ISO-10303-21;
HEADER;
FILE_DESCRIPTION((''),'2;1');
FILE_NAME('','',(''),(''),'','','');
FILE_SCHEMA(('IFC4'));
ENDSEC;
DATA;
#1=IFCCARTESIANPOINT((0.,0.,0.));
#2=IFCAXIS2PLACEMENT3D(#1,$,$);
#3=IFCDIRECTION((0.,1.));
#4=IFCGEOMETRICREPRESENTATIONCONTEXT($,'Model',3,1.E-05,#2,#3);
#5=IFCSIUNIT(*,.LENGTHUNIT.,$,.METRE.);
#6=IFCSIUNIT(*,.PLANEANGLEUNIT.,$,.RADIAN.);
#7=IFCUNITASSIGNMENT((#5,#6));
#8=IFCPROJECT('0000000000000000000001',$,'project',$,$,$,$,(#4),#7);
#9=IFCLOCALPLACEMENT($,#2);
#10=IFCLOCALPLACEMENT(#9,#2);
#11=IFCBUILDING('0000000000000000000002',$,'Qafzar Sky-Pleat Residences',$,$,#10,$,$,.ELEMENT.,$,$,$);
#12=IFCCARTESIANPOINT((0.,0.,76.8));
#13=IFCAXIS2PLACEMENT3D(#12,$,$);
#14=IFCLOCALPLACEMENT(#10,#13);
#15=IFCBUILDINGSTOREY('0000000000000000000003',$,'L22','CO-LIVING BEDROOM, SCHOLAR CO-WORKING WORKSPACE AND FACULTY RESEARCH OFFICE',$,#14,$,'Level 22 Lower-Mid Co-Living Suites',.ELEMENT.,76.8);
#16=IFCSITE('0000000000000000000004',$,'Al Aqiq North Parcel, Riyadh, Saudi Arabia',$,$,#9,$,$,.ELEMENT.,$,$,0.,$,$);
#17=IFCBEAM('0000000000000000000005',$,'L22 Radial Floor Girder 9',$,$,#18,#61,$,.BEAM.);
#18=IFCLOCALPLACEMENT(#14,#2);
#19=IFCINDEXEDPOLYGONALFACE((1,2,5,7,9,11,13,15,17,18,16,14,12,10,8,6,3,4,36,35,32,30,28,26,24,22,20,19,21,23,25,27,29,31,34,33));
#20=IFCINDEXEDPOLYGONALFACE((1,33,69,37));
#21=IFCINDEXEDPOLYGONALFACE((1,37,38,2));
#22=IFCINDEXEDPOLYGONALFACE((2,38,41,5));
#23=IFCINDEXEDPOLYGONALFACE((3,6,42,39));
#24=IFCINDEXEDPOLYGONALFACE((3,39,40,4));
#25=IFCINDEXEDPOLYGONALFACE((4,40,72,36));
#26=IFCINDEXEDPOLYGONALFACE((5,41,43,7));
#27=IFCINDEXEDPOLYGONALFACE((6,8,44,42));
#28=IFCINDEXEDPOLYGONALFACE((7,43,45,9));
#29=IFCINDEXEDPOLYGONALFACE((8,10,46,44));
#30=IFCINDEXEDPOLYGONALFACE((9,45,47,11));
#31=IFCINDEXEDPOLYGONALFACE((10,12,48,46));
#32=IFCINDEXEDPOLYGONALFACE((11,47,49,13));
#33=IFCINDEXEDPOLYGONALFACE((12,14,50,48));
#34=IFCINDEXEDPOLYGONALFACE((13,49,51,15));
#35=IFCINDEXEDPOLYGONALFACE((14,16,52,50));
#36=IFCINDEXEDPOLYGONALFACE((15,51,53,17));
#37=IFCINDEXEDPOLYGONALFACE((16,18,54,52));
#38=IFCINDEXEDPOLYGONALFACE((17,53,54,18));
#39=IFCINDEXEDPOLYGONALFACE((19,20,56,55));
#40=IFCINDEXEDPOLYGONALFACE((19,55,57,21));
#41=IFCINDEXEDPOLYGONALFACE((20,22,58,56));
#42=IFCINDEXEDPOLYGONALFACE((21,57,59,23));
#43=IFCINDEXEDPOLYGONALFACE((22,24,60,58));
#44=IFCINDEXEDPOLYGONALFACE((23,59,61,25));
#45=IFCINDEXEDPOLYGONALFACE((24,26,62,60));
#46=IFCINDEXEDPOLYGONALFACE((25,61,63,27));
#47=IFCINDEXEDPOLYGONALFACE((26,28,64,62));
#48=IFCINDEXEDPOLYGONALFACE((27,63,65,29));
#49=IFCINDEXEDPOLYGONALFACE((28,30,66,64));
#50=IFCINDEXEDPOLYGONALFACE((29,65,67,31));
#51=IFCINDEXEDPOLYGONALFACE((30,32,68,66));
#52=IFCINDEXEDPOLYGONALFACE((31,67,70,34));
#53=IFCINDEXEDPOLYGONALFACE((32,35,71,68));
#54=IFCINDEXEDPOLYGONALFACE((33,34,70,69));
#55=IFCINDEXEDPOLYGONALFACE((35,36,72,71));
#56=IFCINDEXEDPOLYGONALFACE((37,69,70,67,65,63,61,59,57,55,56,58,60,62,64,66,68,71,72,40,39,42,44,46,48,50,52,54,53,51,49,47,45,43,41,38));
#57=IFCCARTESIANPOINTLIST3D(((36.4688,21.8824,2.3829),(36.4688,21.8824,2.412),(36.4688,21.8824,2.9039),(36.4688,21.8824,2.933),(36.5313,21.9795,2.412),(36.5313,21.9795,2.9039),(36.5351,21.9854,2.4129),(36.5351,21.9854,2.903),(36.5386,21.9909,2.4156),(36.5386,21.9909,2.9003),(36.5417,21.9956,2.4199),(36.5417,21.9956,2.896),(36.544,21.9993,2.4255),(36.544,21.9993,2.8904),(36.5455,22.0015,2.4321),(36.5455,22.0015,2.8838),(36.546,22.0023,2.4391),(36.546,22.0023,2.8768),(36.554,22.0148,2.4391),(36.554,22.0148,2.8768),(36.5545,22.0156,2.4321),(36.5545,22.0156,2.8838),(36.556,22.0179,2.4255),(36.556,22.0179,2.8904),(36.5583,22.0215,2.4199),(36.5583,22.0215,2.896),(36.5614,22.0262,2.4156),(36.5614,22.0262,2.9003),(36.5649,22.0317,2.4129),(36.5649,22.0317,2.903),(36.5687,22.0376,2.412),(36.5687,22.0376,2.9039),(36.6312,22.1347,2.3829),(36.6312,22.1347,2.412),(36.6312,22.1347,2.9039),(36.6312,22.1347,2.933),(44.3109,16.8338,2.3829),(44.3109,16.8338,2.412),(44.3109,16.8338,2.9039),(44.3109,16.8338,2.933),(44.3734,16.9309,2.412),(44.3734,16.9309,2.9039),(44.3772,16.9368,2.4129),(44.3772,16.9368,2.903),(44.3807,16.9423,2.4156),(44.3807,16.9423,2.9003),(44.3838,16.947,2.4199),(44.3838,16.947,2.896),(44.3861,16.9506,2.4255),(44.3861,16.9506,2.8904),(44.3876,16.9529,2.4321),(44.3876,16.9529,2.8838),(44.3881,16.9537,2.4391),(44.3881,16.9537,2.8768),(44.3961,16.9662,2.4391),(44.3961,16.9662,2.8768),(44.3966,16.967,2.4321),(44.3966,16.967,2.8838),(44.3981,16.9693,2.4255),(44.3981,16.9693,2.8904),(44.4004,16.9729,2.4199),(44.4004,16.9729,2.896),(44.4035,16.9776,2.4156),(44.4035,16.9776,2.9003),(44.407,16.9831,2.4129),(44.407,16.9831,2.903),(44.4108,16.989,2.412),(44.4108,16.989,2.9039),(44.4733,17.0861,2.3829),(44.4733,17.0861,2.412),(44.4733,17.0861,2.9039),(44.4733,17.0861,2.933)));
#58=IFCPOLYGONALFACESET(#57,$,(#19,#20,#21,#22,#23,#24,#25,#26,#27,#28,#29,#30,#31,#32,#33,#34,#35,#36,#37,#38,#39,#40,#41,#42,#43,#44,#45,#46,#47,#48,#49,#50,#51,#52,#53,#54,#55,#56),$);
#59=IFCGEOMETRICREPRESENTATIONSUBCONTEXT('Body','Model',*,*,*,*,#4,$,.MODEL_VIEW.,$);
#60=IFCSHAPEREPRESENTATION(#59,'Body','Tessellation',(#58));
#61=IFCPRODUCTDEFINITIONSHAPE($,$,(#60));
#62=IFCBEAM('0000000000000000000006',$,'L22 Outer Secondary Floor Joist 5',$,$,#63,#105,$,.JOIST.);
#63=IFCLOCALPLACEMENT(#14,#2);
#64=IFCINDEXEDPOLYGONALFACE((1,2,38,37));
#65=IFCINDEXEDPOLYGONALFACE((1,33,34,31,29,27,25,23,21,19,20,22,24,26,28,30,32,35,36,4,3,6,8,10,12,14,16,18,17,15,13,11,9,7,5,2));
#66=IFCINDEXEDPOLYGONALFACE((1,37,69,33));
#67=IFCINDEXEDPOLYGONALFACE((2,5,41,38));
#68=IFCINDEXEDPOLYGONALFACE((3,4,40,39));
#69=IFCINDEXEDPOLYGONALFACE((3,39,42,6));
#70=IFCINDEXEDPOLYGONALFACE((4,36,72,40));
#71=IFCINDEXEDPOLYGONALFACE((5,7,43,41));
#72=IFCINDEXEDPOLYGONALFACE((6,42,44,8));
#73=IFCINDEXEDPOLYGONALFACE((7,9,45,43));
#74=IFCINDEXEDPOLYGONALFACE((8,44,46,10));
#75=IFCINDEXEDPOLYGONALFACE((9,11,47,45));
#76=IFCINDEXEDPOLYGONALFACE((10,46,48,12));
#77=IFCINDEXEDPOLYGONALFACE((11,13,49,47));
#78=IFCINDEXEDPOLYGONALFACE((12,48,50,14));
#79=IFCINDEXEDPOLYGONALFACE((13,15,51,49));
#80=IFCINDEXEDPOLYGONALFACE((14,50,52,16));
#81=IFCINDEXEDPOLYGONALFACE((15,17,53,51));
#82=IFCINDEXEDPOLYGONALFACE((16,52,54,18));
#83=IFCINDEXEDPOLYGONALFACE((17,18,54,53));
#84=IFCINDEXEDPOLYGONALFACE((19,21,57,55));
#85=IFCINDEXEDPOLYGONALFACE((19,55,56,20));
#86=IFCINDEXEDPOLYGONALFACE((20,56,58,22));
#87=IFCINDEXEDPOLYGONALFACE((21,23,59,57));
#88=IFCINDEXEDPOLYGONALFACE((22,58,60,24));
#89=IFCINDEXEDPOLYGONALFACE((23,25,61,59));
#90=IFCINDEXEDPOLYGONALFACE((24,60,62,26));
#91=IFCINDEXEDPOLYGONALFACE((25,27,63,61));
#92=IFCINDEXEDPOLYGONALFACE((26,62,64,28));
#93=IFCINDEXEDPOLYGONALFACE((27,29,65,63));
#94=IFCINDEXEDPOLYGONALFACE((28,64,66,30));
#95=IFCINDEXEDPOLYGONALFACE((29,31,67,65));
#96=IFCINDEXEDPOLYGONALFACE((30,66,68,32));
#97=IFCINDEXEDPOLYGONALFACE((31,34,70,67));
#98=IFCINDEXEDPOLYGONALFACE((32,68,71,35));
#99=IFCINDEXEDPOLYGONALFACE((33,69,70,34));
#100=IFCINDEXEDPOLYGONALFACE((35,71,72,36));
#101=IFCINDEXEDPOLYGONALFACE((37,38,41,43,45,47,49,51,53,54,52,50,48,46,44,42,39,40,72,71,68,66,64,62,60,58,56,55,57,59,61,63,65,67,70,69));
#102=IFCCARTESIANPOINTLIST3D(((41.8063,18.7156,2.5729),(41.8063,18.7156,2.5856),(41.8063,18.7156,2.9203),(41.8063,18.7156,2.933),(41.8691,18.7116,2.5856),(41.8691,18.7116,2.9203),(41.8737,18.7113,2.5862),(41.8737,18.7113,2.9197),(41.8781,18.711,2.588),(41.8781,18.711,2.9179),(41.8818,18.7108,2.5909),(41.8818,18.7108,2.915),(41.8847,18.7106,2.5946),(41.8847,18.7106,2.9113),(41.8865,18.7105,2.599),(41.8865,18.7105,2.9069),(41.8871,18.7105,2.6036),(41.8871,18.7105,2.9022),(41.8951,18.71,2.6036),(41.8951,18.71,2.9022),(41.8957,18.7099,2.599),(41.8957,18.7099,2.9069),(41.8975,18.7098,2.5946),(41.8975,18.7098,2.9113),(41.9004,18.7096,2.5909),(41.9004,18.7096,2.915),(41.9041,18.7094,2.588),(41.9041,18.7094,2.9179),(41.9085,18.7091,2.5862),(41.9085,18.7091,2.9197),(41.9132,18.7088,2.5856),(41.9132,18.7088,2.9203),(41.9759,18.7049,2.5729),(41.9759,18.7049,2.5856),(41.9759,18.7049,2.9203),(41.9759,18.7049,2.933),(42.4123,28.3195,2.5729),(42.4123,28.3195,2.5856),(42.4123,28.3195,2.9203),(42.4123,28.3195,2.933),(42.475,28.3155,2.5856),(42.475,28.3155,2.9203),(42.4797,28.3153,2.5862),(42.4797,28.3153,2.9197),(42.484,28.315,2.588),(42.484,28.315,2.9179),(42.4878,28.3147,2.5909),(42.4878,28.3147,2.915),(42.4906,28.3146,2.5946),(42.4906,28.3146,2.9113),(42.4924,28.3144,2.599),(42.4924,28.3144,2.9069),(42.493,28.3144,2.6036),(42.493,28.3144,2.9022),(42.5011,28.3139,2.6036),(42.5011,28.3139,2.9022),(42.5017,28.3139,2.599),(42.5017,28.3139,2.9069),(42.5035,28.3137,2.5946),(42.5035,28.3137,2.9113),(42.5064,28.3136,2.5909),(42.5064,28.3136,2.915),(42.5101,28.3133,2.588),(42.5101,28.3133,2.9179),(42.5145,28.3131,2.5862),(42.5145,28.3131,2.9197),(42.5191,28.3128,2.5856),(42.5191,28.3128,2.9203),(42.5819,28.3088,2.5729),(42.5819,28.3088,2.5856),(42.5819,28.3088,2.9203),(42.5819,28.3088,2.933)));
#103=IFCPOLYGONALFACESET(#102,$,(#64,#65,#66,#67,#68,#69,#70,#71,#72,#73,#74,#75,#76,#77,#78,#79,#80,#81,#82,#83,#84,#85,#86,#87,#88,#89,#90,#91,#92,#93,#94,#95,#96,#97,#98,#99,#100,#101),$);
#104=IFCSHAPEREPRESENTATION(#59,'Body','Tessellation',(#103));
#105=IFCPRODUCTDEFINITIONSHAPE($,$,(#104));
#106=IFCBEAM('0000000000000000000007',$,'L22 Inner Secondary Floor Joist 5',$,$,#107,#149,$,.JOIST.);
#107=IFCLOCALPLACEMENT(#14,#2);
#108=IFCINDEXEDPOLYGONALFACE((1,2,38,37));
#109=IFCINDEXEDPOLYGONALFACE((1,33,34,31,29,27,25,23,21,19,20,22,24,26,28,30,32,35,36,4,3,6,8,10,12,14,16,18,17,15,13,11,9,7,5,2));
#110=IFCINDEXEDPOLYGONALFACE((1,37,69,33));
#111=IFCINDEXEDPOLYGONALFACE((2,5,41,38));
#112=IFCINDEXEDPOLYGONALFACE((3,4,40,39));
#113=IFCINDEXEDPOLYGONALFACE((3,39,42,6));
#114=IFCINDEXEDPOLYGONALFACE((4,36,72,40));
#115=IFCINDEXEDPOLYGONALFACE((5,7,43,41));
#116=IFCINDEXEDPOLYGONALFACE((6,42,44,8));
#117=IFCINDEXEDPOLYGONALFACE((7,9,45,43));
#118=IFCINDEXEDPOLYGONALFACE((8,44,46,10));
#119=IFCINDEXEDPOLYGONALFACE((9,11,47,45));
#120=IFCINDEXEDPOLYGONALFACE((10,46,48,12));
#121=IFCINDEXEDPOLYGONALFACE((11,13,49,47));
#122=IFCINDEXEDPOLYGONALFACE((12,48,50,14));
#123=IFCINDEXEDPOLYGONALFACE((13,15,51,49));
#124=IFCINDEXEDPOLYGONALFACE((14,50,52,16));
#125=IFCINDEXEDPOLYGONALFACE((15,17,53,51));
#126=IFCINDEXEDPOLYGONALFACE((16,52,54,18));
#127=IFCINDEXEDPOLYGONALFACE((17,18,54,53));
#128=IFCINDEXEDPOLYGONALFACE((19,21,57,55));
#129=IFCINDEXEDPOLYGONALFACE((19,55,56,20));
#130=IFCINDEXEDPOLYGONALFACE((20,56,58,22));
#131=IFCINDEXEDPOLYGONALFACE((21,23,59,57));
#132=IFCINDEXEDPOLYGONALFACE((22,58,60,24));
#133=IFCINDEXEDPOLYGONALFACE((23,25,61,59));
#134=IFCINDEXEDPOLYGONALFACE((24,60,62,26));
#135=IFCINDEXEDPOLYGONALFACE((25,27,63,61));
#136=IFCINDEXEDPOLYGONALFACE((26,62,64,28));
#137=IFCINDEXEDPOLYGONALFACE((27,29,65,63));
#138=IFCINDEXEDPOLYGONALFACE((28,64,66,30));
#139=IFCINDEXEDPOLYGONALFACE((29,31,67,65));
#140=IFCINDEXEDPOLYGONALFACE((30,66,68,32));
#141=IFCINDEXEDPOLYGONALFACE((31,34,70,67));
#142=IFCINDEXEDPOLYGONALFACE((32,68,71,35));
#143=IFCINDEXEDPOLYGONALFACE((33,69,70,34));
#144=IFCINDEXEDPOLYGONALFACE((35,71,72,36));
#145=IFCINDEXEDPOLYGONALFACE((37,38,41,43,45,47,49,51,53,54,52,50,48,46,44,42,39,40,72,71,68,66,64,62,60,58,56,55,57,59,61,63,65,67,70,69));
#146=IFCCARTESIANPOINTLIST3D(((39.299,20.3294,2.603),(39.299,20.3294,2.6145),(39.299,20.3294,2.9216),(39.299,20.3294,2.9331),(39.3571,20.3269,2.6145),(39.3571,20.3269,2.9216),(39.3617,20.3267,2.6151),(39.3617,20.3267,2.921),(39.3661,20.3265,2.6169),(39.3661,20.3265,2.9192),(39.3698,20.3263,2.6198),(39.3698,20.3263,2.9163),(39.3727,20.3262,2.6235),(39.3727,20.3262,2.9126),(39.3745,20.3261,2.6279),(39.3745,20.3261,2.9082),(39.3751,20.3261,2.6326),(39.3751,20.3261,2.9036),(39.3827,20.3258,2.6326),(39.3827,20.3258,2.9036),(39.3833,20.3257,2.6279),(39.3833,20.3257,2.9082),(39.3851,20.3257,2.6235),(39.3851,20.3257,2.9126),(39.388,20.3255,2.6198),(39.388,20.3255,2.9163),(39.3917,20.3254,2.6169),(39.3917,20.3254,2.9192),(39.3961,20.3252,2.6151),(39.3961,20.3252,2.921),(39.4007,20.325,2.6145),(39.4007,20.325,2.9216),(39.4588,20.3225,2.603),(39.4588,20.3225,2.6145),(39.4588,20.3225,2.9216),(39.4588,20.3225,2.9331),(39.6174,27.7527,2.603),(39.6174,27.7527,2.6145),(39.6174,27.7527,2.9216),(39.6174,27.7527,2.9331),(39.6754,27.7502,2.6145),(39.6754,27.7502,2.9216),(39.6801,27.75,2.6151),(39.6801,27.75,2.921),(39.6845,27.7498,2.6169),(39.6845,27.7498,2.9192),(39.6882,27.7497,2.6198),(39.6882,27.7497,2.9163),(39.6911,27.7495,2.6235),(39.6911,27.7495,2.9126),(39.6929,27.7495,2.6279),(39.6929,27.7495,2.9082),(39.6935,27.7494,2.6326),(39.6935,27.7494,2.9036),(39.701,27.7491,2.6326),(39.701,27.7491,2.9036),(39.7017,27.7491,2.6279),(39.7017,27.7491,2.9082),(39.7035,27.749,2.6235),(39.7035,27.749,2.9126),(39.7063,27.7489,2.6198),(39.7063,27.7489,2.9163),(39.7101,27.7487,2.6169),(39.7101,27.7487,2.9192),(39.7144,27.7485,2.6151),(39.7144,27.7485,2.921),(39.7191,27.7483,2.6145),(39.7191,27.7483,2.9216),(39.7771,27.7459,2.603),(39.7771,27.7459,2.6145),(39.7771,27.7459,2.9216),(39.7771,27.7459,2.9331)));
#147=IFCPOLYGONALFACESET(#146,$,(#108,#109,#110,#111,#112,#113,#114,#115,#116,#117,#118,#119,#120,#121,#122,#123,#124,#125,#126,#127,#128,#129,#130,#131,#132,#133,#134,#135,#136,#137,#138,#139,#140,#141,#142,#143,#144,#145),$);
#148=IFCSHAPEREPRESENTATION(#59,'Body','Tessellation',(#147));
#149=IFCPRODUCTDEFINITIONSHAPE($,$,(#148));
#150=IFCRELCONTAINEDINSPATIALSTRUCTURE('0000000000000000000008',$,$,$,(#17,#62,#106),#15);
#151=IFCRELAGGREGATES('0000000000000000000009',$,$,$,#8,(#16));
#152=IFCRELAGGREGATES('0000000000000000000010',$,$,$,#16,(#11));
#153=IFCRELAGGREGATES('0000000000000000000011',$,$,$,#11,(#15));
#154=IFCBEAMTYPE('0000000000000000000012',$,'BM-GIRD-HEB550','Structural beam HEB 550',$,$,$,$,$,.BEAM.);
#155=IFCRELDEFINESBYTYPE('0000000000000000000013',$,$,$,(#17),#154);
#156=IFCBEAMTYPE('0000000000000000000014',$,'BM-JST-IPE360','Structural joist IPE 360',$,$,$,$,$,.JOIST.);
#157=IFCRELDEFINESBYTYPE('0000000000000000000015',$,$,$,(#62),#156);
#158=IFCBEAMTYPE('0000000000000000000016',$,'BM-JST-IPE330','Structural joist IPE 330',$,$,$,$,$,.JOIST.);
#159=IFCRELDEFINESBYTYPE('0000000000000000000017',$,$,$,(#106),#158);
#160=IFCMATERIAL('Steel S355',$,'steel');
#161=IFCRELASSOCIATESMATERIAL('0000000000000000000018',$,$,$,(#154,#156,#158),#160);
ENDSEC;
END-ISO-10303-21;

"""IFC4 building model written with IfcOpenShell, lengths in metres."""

from ifc_helpers import new_model, si_unit, direction, frame, origin, origin_2d, place, context, subcontext, project, spatial, i_section, extrude, source, transform, mapped, material, material_profile, profile_set, type_object, element, save


model = new_model("IFC4")

# Units and contexts
model_context = context("Model", 3, precision=1e-05, world=origin(), true_north=direction((0.0, 1.0)))
body_context = subcontext(model_context, "Body", "Model", "MODEL_VIEW")
ifc_project = project(units=[si_unit("LENGTHUNIT", "METRE"), si_unit("PLANEANGLEUNIT", "RADIAN")], contexts=[model_context])

# Site, building, storey
site_placement = place(None, origin())
site = spatial("IfcSite", under=ifc_project, at=site_placement, Name="Al Aqiq North Parcel, Riyadh, Saudi Arabia", CompositionType="ELEMENT", RefElevation=0.0)
building_placement = place(site_placement, origin())
building = spatial("IfcBuilding", under=site, at=building_placement, Name="Qafzar Sky-Pleat Residences", CompositionType="ELEMENT")
storey_placement = place(building_placement, frame((0.0, 0.0, 76.8)))
storey = spatial("IfcBuildingStorey", under=building, at=storey_placement, Name="L22", Description="CO-LIVING BEDROOM, SCHOLAR CO-WORKING WORKSPACE AND FACULTY RESEARCH OFFICE", LongName="Level 22 Lower-Mid Co-Living Suites", CompositionType="ELEMENT", Elevation=76.8)

# Beams
ifc_material_1 = material(Name="Steel S355", Category="steel")
ifc_material_profile_1 = material_profile(ifc_material_1, i_section(OverallWidth=0.3, OverallDepth=0.55, WebThickness=0.0149, FlangeThickness=0.0291, FilletRadius=0.0271, at=origin_2d()), Name="HEB 550")
ifc_profile_set_1 = profile_set([ifc_material_profile_1], Name="Steel S355")
beam_type_1 = type_object("IfcBeamType", Name="BM-GIRD-HEB550", Description="Structural beam HEB 550", PredefinedType="BEAM", material=ifc_profile_set_1)
shared_shape_1 = source(origin(), body_context, "Body", "SweptSolid", [
    extrude(i_section(OverallWidth=0.3, OverallDepth=0.55, WebThickness=0.0149, FlangeThickness=0.0291, FilletRadius=0.0271, at=origin_2d()), origin(), (0.0, 0.0, 1.0), 9.3267),
])
beam_1_placement = place(storey_placement, frame((44.3921, 16.96, 2.658), z_axis=(-0.840824, 0.541309, 0.0), x_axis=(-0.541309, -0.840824, 0.0)))
element("IfcBeam", 1, at=beam_1_placement, inside=storey, type_object=beam_type_1, Name="L22 Radial Floor Girder 9", PredefinedType="BEAM", context=body_context, shape_type="MappedRepresentation", body=[
    mapped(shared_shape_1, transform((0.0, 0.0, 0.0), x_axis=(1.0, 0.0, 0.0), y_axis=(0.0, 1.0, 0.0), z_axis=(0.0, 0.0, 1.0), scale=1.0)),
])
ifc_material_profile_2 = material_profile(ifc_material_1, i_section(OverallWidth=0.1699, OverallDepth=0.3601, WebThickness=0.0081, FlangeThickness=0.0127, FilletRadius=0.0181, at=origin_2d()), Name="IPE 360")
ifc_profile_set_2 = profile_set([ifc_material_profile_2], Name="Steel S355")
beam_type_2 = type_object("IfcBeamType", Name="BM-JST-IPE360", Description="Structural joist IPE 360", PredefinedType="JOIST", material=ifc_profile_set_2)
shared_shape_2 = source(origin(), body_context, "Body", "SweptSolid", [
    extrude(i_section(OverallWidth=0.1699, OverallDepth=0.3601, WebThickness=0.0081, FlangeThickness=0.0127, FilletRadius=0.0181, at=origin_2d()), origin(), (0.0, 0.0, 1.0), 9.623),
])
beam_2_placement = place(storey_placement, frame((41.8911, 18.7102, 2.7529), z_axis=(0.062969, 0.998015, 0.0), x_axis=(-0.998015, 0.062969, 0.0)))
element("IfcBeam", 2, at=beam_2_placement, inside=storey, type_object=beam_type_2, Name="L22 Outer Secondary Floor Joist 5", PredefinedType="JOIST", context=body_context, shape_type="MappedRepresentation", body=[
    mapped(shared_shape_2, transform((0.0, 0.0, 0.0), x_axis=(1.0, 0.0, 0.0), y_axis=(0.0, 1.0, 0.0), z_axis=(0.0, 0.0, 1.0), scale=1.0)),
])
ifc_material_profile_3 = material_profile(ifc_material_1, i_section(OverallWidth=0.1599, OverallDepth=0.3301, WebThickness=0.0076, FlangeThickness=0.0115, FilletRadius=0.0181, at=origin_2d()), Name="IPE 330")
ifc_profile_set_3 = profile_set([ifc_material_profile_3], Name="Steel S355")
beam_type_3 = type_object("IfcBeamType", Name="BM-JST-IPE330", Description="Structural joist IPE 330", PredefinedType="JOIST", material=ifc_profile_set_3)
shared_shape_3 = source(origin(), body_context, "Body", "SweptSolid", [
    extrude(i_section(OverallWidth=0.1599, OverallDepth=0.3301, WebThickness=0.0076, FlangeThickness=0.0115, FilletRadius=0.0181, at=origin_2d()), origin(), (0.0, 0.0, 1.0), 7.4302),
])
beam_3_placement = place(storey_placement, frame((39.3789, 20.3259, 2.7681), z_axis=(0.042847, 0.999082, 0.0), x_axis=(-0.999082, 0.042847, 0.0)))
element("IfcBeam", 3, at=beam_3_placement, inside=storey, type_object=beam_type_3, Name="L22 Inner Secondary Floor Joist 5", PredefinedType="JOIST", context=body_context, shape_type="MappedRepresentation", body=[
    mapped(shared_shape_3, transform((0.0, 0.0, 0.0), x_axis=(1.0, 0.0, 0.0), y_axis=(0.0, 1.0, 0.0), z_axis=(0.0, 0.0, 1.0), scale=1.0)),
])

save(model, "model.ifc")
